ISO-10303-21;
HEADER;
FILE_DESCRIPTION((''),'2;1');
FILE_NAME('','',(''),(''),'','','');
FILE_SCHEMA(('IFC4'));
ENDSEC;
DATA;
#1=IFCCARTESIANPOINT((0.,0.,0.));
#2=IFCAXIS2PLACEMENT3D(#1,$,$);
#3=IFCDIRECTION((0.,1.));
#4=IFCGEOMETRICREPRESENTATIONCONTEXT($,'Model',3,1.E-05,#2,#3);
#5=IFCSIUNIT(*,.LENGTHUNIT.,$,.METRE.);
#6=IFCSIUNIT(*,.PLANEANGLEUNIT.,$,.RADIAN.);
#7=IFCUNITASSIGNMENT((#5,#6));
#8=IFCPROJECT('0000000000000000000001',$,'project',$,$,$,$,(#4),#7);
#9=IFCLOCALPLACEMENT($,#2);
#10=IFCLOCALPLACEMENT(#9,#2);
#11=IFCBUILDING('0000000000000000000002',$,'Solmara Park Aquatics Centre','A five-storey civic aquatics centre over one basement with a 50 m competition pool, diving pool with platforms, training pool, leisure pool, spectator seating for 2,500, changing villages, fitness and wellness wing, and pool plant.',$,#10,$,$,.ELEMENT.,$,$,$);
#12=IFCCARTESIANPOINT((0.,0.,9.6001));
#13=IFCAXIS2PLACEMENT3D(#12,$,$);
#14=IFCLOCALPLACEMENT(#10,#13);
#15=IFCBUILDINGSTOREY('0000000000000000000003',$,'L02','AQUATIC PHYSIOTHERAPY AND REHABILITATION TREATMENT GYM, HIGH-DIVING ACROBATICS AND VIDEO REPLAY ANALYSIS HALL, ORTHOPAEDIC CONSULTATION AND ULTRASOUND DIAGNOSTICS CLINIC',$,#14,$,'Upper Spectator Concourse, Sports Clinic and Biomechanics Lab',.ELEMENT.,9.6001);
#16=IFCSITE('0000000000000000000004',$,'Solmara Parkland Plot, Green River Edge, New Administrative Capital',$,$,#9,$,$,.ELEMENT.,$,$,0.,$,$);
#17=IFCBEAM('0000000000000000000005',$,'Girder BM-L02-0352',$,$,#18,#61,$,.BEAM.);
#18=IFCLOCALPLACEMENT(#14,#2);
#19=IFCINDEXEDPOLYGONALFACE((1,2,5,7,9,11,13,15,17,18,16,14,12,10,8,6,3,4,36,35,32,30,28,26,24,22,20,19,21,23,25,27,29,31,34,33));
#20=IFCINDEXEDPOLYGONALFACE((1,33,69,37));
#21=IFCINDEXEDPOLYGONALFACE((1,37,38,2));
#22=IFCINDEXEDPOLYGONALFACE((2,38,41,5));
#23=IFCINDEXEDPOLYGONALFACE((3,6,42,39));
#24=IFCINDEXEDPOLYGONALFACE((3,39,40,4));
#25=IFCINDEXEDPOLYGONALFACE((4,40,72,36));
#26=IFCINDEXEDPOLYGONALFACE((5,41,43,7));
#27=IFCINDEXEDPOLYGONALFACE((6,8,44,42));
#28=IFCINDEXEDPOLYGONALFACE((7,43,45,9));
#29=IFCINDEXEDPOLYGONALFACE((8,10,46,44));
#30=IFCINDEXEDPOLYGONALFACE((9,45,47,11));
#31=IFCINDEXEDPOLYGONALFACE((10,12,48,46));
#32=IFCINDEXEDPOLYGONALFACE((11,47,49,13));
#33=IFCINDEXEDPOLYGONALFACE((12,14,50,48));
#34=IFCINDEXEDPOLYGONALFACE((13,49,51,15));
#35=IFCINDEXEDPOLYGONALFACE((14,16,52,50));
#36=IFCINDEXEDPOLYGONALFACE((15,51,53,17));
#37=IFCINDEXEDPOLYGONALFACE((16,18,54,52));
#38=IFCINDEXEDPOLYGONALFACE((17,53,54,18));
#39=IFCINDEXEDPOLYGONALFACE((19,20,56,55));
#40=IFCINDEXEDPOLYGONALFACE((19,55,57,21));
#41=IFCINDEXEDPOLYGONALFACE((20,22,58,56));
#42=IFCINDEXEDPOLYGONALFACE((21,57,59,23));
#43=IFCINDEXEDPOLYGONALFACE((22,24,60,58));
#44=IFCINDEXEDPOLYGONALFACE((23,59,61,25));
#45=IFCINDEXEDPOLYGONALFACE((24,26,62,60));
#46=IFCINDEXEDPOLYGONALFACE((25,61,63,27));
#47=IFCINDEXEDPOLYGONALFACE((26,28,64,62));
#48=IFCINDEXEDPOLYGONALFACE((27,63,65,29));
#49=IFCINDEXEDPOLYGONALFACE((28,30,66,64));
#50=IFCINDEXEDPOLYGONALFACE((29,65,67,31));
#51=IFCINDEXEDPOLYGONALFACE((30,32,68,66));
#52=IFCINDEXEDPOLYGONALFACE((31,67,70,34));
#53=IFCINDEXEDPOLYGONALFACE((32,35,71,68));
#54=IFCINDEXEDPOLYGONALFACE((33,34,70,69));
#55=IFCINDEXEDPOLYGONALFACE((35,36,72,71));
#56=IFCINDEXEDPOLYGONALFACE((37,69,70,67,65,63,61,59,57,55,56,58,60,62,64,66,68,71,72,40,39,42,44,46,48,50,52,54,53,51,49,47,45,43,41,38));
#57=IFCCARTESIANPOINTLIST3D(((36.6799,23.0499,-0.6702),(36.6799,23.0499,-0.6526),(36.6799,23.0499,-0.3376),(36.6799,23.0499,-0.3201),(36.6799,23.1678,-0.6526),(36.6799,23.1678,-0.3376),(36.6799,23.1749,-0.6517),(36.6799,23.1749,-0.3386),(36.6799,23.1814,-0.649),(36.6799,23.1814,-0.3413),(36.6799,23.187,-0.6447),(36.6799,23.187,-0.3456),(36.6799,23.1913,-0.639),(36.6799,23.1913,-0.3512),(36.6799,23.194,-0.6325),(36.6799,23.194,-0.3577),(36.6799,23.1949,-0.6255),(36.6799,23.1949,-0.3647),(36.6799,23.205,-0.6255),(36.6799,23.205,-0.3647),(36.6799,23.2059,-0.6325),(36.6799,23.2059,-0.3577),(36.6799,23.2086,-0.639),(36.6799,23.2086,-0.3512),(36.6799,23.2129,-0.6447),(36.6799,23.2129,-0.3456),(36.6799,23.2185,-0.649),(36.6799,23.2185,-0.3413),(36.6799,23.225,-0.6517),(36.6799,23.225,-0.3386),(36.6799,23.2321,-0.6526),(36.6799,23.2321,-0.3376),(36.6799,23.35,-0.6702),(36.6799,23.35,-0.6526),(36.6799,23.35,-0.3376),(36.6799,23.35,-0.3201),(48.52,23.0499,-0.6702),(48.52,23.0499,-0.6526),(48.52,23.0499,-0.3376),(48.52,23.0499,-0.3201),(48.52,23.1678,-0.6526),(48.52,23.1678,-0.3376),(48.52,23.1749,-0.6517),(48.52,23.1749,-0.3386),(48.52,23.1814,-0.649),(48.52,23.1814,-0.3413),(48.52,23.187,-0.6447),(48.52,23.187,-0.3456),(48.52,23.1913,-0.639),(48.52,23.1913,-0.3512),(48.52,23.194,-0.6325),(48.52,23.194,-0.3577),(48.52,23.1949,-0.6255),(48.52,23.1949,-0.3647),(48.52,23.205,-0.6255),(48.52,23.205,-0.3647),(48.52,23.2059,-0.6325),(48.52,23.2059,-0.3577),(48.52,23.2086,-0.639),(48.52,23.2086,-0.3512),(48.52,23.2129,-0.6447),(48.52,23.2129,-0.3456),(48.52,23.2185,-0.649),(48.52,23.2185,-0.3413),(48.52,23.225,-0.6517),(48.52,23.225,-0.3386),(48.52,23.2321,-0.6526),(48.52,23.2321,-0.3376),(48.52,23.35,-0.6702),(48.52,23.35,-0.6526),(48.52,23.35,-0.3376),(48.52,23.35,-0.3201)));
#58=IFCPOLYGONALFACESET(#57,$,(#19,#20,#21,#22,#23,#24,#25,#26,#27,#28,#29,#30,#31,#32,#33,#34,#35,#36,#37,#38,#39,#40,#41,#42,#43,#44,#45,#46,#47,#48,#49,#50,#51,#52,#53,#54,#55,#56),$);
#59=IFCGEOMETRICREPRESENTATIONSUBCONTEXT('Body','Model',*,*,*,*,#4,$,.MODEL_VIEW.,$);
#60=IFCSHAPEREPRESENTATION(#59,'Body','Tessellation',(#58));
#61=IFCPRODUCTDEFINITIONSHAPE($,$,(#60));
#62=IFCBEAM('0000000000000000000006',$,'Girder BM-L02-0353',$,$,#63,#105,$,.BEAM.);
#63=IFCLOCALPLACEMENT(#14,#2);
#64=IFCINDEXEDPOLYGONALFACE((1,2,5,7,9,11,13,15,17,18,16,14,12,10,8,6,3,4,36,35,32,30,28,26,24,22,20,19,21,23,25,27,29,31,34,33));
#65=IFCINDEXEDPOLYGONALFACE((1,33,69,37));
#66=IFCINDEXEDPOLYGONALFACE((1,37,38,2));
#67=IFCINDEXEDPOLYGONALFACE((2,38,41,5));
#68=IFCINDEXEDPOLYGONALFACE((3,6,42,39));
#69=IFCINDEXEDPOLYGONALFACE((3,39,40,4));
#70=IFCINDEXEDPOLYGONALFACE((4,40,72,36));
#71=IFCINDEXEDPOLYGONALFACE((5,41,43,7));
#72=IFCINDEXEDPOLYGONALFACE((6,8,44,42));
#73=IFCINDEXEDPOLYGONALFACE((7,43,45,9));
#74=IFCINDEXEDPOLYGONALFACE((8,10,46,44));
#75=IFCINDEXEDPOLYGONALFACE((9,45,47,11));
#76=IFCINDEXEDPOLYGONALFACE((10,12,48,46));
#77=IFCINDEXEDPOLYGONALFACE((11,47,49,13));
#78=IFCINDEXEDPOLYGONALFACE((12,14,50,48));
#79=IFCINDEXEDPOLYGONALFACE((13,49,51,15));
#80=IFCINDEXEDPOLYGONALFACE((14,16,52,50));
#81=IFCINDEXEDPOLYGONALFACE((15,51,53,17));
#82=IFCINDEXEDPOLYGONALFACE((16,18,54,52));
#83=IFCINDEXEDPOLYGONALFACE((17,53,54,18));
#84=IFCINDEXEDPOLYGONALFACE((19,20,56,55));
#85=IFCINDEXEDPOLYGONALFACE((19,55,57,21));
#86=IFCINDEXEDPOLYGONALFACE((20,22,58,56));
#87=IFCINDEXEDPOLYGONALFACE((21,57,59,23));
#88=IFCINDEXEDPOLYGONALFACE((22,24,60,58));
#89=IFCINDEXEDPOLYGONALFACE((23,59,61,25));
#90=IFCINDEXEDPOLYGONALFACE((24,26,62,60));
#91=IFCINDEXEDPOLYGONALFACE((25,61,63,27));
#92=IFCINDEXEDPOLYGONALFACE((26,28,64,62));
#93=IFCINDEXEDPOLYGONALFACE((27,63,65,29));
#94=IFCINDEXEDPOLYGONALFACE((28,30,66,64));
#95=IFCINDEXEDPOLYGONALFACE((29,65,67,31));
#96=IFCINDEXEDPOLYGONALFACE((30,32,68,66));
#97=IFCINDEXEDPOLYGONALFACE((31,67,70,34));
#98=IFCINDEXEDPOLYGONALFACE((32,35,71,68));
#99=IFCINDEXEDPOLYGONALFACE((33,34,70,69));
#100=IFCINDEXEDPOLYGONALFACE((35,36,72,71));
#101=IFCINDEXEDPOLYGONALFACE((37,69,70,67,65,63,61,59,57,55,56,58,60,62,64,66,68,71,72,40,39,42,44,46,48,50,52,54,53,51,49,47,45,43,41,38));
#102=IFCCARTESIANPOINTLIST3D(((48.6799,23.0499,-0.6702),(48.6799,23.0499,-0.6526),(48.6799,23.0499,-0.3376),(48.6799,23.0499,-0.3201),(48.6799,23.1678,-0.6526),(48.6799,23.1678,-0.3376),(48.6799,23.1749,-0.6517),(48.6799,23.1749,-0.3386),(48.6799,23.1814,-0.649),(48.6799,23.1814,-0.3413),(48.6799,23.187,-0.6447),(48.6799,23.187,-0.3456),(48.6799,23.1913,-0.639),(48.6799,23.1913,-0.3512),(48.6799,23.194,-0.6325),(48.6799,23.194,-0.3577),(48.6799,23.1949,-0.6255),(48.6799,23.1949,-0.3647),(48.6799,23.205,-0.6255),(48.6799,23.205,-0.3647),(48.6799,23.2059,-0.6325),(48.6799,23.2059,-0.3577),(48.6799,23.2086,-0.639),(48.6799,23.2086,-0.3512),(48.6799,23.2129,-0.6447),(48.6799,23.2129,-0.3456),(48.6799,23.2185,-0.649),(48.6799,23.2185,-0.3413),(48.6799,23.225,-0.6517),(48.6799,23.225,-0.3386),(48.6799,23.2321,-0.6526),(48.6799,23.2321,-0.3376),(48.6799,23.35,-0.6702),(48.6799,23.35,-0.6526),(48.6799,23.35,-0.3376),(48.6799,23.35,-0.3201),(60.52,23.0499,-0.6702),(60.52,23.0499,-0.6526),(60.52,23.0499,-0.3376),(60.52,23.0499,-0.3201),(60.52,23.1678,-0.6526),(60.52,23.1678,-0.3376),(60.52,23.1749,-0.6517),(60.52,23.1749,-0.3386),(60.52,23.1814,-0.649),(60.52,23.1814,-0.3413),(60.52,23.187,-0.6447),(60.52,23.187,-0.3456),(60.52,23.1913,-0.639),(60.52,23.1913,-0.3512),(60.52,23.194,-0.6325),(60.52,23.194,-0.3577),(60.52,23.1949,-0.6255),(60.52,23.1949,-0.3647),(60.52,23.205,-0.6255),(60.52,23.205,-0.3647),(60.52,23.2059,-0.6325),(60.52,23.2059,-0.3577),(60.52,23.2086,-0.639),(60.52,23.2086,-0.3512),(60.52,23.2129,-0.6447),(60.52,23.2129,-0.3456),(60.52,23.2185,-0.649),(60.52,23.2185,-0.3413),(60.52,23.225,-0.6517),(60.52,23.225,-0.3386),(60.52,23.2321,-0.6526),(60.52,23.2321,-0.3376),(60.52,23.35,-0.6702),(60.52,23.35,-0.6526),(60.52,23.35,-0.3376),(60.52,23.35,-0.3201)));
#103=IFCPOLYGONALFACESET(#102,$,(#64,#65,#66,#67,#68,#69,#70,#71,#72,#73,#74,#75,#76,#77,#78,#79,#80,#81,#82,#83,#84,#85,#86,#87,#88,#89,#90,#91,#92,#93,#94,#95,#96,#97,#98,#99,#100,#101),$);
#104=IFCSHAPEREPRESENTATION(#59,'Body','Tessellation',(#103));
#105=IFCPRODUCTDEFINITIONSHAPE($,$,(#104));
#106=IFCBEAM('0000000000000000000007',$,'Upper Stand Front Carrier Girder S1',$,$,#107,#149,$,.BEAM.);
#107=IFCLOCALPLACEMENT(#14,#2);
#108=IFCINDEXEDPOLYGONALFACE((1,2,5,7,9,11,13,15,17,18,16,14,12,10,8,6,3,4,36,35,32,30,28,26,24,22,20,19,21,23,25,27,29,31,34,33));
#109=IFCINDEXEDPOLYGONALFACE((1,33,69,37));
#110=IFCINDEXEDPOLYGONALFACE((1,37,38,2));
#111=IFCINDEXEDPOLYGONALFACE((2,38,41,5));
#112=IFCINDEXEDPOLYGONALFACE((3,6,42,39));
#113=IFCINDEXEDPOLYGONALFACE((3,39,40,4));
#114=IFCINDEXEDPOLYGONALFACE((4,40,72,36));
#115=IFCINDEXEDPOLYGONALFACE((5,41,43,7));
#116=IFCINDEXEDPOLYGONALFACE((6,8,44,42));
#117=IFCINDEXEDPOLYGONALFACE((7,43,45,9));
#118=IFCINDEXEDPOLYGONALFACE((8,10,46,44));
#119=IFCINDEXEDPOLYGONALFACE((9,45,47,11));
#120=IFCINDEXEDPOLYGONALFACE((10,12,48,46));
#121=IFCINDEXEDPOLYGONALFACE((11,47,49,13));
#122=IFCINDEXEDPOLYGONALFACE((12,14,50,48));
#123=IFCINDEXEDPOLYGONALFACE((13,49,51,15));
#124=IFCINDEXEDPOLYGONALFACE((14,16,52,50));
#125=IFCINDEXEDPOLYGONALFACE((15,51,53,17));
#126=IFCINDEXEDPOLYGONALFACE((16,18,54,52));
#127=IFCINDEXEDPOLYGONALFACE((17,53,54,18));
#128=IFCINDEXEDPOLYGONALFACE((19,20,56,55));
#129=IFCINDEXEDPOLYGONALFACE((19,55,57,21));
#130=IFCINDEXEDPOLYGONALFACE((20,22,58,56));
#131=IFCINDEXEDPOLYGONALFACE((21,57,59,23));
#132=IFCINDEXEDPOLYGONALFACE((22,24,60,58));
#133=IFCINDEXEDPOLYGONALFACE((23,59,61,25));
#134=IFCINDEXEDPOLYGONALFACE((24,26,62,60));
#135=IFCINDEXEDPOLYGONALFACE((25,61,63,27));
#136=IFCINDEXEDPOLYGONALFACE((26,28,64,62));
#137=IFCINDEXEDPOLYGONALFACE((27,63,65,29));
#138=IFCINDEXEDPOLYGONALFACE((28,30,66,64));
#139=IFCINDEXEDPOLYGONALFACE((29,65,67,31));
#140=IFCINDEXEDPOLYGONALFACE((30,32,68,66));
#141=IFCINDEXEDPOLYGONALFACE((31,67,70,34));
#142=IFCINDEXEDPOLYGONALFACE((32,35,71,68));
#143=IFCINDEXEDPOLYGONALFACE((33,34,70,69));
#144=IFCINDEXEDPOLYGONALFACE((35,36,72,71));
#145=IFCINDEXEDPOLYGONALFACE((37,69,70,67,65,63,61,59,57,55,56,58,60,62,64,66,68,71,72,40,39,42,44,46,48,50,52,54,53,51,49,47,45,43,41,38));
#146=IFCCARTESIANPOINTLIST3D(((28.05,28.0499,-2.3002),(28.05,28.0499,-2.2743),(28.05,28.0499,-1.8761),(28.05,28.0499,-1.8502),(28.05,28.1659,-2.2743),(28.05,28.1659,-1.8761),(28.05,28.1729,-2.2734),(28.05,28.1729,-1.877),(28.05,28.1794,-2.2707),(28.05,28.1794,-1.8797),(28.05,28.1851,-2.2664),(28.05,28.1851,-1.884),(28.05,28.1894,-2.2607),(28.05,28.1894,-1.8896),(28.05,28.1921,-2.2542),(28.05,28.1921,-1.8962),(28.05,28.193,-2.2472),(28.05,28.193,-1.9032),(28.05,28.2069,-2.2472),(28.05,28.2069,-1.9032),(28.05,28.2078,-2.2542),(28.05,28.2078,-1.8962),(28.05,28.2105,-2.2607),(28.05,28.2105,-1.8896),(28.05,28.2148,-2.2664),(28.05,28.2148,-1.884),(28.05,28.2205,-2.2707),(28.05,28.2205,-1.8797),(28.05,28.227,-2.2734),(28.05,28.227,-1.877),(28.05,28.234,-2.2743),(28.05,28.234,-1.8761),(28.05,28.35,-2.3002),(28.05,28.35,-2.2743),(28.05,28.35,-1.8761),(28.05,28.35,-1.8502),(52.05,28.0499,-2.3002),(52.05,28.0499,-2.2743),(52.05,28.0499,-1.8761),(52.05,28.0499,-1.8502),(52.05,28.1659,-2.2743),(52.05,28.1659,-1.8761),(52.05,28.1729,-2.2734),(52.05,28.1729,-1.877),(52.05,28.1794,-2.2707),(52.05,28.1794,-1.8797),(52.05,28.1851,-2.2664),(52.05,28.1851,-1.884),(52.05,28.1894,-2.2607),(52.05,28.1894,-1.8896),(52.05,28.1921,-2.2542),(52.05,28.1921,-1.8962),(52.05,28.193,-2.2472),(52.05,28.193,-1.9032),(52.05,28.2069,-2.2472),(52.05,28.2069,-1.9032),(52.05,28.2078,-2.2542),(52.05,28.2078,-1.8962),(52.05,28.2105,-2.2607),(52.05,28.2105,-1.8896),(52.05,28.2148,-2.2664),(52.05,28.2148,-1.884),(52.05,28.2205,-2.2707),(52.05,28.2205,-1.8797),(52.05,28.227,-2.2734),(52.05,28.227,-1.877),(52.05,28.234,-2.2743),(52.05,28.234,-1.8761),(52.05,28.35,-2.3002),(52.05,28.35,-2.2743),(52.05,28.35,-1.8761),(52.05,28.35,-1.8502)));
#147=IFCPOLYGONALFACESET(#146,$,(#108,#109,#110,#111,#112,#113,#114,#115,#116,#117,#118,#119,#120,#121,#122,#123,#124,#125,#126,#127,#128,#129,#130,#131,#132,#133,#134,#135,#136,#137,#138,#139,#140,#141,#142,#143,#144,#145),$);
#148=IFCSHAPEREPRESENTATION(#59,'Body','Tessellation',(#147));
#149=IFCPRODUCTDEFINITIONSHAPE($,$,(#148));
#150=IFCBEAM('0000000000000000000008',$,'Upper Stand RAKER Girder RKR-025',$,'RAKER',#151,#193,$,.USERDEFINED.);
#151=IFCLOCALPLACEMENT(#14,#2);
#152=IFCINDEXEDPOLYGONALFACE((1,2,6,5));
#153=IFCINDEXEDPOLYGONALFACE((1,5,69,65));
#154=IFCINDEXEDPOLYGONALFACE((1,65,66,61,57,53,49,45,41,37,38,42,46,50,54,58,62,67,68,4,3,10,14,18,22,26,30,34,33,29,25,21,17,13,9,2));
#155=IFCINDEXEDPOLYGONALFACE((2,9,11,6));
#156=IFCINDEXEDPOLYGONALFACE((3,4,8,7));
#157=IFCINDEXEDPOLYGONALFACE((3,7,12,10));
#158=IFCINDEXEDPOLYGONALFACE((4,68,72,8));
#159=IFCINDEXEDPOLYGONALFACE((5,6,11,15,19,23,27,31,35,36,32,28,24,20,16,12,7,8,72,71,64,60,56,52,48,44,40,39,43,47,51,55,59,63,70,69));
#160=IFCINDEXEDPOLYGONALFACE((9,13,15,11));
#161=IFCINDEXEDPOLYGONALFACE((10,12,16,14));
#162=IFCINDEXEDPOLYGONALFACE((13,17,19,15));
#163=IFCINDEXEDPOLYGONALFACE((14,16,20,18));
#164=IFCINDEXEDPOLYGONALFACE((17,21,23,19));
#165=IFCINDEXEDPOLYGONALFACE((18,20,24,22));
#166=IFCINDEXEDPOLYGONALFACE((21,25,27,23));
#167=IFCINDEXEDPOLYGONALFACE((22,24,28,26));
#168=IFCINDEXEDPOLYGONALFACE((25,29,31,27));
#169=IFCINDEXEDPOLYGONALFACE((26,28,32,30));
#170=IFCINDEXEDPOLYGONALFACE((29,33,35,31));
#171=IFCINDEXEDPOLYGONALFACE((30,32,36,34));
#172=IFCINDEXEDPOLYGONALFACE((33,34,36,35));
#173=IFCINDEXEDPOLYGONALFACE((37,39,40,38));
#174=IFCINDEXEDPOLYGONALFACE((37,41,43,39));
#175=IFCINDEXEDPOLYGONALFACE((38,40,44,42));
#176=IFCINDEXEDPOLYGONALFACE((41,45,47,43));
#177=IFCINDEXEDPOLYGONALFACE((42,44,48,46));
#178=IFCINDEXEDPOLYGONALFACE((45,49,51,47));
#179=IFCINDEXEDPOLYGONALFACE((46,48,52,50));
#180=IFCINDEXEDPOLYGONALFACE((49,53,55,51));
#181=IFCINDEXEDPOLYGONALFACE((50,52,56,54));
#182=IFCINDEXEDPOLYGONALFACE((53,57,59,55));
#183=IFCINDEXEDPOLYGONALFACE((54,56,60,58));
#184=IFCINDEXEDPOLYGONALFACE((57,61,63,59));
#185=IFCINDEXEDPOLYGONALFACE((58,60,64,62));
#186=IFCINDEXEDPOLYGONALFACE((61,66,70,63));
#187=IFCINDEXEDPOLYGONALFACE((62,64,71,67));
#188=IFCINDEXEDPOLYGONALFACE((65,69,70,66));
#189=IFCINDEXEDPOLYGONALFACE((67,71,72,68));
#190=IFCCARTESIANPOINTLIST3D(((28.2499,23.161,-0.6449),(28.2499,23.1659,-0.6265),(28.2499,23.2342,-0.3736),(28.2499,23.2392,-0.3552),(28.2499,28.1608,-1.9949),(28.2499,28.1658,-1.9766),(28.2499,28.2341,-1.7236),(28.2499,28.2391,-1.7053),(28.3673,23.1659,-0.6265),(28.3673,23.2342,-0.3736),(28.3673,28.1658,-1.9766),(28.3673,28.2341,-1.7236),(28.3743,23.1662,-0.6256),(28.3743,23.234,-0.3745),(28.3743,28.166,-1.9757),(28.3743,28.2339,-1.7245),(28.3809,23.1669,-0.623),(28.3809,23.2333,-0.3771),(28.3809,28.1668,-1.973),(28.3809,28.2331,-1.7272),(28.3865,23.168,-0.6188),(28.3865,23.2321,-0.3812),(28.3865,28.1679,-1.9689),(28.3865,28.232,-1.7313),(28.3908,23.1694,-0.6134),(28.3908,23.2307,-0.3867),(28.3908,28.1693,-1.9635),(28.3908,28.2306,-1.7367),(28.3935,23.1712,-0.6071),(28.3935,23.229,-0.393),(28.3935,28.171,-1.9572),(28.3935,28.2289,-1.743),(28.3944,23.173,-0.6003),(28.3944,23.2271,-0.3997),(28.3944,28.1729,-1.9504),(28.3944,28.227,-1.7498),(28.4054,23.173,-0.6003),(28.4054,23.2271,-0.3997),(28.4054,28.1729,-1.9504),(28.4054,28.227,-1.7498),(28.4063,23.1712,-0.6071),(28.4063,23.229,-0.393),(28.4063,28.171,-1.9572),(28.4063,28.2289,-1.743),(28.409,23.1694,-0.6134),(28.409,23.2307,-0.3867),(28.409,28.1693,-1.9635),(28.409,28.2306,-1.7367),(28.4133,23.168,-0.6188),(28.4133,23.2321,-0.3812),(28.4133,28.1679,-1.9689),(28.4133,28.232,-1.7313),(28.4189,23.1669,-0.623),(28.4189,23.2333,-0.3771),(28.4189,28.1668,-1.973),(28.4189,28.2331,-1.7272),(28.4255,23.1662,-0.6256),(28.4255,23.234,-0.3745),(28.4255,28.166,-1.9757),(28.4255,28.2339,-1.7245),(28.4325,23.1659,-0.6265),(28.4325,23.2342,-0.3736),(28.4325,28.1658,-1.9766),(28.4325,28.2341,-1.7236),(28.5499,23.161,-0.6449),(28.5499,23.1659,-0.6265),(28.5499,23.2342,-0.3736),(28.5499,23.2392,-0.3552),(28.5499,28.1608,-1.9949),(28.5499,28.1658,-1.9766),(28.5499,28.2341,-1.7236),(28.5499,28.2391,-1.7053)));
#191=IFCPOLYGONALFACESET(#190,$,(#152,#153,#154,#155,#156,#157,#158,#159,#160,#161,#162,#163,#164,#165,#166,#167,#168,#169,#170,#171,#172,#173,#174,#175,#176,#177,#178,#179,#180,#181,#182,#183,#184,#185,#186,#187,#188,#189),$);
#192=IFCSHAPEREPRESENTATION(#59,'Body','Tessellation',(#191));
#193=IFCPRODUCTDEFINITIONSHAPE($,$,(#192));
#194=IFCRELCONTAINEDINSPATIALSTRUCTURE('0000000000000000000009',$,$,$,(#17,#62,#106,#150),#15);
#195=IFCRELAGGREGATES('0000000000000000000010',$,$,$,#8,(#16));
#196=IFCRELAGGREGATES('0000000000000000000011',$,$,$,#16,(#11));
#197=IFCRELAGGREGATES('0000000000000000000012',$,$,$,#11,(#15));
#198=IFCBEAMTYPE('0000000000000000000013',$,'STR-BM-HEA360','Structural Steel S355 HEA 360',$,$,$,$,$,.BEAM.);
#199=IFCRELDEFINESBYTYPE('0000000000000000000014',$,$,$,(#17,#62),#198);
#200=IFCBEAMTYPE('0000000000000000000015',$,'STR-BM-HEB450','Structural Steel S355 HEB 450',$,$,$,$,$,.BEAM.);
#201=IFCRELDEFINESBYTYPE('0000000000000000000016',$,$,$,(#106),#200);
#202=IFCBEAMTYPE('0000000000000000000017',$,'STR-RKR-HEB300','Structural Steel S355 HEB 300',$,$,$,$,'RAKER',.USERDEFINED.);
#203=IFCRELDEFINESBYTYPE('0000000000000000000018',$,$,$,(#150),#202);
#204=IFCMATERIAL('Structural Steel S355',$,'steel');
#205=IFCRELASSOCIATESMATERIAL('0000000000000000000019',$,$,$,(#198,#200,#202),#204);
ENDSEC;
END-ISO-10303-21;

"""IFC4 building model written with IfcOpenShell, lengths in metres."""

from ifc_helpers import new_model, si_unit, direction, frame, origin, origin_2d, place, context, subcontext, project, spatial, i_section, extrude, material, material_profile, profile_set, type_object, element, save


model = new_model("IFC4")

# Units and contexts
model_context = context("Model", 3, precision=1e-05, world=origin(), true_north=direction((0.0, 1.0)))
body_context = subcontext(model_context, "Body", "Model", "MODEL_VIEW")
ifc_project = project(units=[si_unit("LENGTHUNIT", "METRE"), si_unit("PLANEANGLEUNIT", "RADIAN")], contexts=[model_context])

# Site, building, storey
site_placement = place(None, origin())
site = spatial("IfcSite", under=ifc_project, at=site_placement, Name="Solmara Parkland Plot, Green River Edge, New Administrative Capital", CompositionType="ELEMENT", RefElevation=0.0)
building_placement = place(site_placement, origin())
building = spatial("IfcBuilding", under=site, at=building_placement, Name="Solmara Park Aquatics Centre", Description="A five-storey civic aquatics centre over one basement with a 50 m competition pool, diving pool with platforms, training pool, leisure pool, spectator seating for 2,500, changing villages, fitness and wellness wing, and pool plant.", CompositionType="ELEMENT")
storey_placement = place(building_placement, frame((0.0, 0.0, 9.6001)))
storey = spatial("IfcBuildingStorey", under=building, at=storey_placement, Name="L02", Description="AQUATIC PHYSIOTHERAPY AND REHABILITATION TREATMENT GYM, HIGH-DIVING ACROBATICS AND VIDEO REPLAY ANALYSIS HALL, ORTHOPAEDIC CONSULTATION AND ULTRASOUND DIAGNOSTICS CLINIC", LongName="Upper Spectator Concourse, Sports Clinic and Biomechanics Lab", CompositionType="ELEMENT", Elevation=9.6001)

# Shared definitions
ifc_material_1 = material(Name="Structural Steel S355", Category="steel")

# Beams
ifc_material_profile_1 = material_profile(ifc_material_1, i_section(OverallWidth=0.3, OverallDepth=0.3501, WebThickness=0.01, FlangeThickness=0.0176, FilletRadius=0.0271, at=origin_2d()), Name="HEA 360")
ifc_profile_set_1 = profile_set([ifc_material_profile_1], Name="Structural Steel S355")
beam_type_1 = type_object("IfcBeamType", Name="STR-BM-HEA360", Description="Structural Steel S355 HEA 360", PredefinedType="BEAM", material=ifc_profile_set_1)
for number, where, z_axis, x_axis, name in (
    (1, (36.6799, 23.2, -0.4951), (1.0, 0.0, 0.0), (0.0, 1.0, 0.0), "Girder BM-L02-0352"),
    (2, (48.6799, 23.2, -0.4951), (1.0, 0.0, 0.0), (0.0, 1.0, 0.0), "Girder BM-L02-0353"),
):
    element("IfcBeam", number, at=place(storey_placement, frame(where, z_axis=z_axis, x_axis=x_axis)), inside=storey, type_object=beam_type_1, Name=name, PredefinedType="BEAM", context=body_context, shape_type="SweptSolid", body=[
        extrude(i_section(OverallWidth=0.3, OverallDepth=0.3501, WebThickness=0.01, FlangeThickness=0.0176, FilletRadius=0.0271, at=origin_2d()), origin(), (0.0, 0.0, 1.0), 11.8401),
    ])
ifc_material_profile_2 = material_profile(ifc_material_1, i_section(OverallWidth=0.3, OverallDepth=0.45, WebThickness=0.0139, FlangeThickness=0.0259, FilletRadius=0.0271, at=origin_2d()), Name="HEB 450")
ifc_profile_set_2 = profile_set([ifc_material_profile_2], Name="Structural Steel S355")
beam_type_2 = type_object("IfcBeamType", Name="STR-BM-HEB450", Description="Structural Steel S355 HEB 450", PredefinedType="BEAM", material=ifc_profile_set_2)
beam_placement = place(storey_placement, frame((28.05, 28.2, -2.0752), z_axis=(1.0, 0.0, 0.0), x_axis=(0.0, 1.0, 0.0)))
element("IfcBeam", 3, at=beam_placement, inside=storey, type_object=beam_type_2, Name="Upper Stand Front Carrier Girder S1", PredefinedType="BEAM", context=body_context, shape_type="SweptSolid", body=[
    extrude(i_section(OverallWidth=0.3, OverallDepth=0.45, WebThickness=0.0139, FlangeThickness=0.0259, FilletRadius=0.0271, at=origin_2d()), origin(), (0.0, 0.0, 1.0), 24.0),
])
ifc_material_profile_3 = material_profile(ifc_material_1, i_section(OverallWidth=0.3, OverallDepth=0.3, WebThickness=0.011, FlangeThickness=0.019, FilletRadius=0.0271, at=origin_2d()), Name="HEB 300")
ifc_profile_set_3 = profile_set([ifc_material_profile_3], Name="Structural Steel S355")
beam_type_3 = type_object("IfcBeamType", Name="STR-RKR-HEB300", Description="Structural Steel S355 HEB 300", ElementType="RAKER", PredefinedType="USERDEFINED", material=ifc_profile_set_3)
for number, where, z_axis, x_axis, name in (
    (4, (28.3999, 28.2, -1.8501), (0.0, -0.965424, 0.260683), (1.0, 0.0, 0.0), "Upper Stand RAKER Girder RKR-025"),
):
    element("IfcBeam", number, at=place(storey_placement, frame(where, z_axis=z_axis, x_axis=x_axis)), inside=storey, type_object=beam_type_3, Name=name, ObjectType="RAKER", PredefinedType="USERDEFINED", context=body_context, shape_type="SweptSolid", body=[
        extrude(i_section(OverallWidth=0.3, OverallDepth=0.3, WebThickness=0.011, FlangeThickness=0.019, FilletRadius=0.0271, at=origin_2d()), origin(), (0.0, 0.0, 1.0), 5.179),
    ])

save(model, "model.ifc")
